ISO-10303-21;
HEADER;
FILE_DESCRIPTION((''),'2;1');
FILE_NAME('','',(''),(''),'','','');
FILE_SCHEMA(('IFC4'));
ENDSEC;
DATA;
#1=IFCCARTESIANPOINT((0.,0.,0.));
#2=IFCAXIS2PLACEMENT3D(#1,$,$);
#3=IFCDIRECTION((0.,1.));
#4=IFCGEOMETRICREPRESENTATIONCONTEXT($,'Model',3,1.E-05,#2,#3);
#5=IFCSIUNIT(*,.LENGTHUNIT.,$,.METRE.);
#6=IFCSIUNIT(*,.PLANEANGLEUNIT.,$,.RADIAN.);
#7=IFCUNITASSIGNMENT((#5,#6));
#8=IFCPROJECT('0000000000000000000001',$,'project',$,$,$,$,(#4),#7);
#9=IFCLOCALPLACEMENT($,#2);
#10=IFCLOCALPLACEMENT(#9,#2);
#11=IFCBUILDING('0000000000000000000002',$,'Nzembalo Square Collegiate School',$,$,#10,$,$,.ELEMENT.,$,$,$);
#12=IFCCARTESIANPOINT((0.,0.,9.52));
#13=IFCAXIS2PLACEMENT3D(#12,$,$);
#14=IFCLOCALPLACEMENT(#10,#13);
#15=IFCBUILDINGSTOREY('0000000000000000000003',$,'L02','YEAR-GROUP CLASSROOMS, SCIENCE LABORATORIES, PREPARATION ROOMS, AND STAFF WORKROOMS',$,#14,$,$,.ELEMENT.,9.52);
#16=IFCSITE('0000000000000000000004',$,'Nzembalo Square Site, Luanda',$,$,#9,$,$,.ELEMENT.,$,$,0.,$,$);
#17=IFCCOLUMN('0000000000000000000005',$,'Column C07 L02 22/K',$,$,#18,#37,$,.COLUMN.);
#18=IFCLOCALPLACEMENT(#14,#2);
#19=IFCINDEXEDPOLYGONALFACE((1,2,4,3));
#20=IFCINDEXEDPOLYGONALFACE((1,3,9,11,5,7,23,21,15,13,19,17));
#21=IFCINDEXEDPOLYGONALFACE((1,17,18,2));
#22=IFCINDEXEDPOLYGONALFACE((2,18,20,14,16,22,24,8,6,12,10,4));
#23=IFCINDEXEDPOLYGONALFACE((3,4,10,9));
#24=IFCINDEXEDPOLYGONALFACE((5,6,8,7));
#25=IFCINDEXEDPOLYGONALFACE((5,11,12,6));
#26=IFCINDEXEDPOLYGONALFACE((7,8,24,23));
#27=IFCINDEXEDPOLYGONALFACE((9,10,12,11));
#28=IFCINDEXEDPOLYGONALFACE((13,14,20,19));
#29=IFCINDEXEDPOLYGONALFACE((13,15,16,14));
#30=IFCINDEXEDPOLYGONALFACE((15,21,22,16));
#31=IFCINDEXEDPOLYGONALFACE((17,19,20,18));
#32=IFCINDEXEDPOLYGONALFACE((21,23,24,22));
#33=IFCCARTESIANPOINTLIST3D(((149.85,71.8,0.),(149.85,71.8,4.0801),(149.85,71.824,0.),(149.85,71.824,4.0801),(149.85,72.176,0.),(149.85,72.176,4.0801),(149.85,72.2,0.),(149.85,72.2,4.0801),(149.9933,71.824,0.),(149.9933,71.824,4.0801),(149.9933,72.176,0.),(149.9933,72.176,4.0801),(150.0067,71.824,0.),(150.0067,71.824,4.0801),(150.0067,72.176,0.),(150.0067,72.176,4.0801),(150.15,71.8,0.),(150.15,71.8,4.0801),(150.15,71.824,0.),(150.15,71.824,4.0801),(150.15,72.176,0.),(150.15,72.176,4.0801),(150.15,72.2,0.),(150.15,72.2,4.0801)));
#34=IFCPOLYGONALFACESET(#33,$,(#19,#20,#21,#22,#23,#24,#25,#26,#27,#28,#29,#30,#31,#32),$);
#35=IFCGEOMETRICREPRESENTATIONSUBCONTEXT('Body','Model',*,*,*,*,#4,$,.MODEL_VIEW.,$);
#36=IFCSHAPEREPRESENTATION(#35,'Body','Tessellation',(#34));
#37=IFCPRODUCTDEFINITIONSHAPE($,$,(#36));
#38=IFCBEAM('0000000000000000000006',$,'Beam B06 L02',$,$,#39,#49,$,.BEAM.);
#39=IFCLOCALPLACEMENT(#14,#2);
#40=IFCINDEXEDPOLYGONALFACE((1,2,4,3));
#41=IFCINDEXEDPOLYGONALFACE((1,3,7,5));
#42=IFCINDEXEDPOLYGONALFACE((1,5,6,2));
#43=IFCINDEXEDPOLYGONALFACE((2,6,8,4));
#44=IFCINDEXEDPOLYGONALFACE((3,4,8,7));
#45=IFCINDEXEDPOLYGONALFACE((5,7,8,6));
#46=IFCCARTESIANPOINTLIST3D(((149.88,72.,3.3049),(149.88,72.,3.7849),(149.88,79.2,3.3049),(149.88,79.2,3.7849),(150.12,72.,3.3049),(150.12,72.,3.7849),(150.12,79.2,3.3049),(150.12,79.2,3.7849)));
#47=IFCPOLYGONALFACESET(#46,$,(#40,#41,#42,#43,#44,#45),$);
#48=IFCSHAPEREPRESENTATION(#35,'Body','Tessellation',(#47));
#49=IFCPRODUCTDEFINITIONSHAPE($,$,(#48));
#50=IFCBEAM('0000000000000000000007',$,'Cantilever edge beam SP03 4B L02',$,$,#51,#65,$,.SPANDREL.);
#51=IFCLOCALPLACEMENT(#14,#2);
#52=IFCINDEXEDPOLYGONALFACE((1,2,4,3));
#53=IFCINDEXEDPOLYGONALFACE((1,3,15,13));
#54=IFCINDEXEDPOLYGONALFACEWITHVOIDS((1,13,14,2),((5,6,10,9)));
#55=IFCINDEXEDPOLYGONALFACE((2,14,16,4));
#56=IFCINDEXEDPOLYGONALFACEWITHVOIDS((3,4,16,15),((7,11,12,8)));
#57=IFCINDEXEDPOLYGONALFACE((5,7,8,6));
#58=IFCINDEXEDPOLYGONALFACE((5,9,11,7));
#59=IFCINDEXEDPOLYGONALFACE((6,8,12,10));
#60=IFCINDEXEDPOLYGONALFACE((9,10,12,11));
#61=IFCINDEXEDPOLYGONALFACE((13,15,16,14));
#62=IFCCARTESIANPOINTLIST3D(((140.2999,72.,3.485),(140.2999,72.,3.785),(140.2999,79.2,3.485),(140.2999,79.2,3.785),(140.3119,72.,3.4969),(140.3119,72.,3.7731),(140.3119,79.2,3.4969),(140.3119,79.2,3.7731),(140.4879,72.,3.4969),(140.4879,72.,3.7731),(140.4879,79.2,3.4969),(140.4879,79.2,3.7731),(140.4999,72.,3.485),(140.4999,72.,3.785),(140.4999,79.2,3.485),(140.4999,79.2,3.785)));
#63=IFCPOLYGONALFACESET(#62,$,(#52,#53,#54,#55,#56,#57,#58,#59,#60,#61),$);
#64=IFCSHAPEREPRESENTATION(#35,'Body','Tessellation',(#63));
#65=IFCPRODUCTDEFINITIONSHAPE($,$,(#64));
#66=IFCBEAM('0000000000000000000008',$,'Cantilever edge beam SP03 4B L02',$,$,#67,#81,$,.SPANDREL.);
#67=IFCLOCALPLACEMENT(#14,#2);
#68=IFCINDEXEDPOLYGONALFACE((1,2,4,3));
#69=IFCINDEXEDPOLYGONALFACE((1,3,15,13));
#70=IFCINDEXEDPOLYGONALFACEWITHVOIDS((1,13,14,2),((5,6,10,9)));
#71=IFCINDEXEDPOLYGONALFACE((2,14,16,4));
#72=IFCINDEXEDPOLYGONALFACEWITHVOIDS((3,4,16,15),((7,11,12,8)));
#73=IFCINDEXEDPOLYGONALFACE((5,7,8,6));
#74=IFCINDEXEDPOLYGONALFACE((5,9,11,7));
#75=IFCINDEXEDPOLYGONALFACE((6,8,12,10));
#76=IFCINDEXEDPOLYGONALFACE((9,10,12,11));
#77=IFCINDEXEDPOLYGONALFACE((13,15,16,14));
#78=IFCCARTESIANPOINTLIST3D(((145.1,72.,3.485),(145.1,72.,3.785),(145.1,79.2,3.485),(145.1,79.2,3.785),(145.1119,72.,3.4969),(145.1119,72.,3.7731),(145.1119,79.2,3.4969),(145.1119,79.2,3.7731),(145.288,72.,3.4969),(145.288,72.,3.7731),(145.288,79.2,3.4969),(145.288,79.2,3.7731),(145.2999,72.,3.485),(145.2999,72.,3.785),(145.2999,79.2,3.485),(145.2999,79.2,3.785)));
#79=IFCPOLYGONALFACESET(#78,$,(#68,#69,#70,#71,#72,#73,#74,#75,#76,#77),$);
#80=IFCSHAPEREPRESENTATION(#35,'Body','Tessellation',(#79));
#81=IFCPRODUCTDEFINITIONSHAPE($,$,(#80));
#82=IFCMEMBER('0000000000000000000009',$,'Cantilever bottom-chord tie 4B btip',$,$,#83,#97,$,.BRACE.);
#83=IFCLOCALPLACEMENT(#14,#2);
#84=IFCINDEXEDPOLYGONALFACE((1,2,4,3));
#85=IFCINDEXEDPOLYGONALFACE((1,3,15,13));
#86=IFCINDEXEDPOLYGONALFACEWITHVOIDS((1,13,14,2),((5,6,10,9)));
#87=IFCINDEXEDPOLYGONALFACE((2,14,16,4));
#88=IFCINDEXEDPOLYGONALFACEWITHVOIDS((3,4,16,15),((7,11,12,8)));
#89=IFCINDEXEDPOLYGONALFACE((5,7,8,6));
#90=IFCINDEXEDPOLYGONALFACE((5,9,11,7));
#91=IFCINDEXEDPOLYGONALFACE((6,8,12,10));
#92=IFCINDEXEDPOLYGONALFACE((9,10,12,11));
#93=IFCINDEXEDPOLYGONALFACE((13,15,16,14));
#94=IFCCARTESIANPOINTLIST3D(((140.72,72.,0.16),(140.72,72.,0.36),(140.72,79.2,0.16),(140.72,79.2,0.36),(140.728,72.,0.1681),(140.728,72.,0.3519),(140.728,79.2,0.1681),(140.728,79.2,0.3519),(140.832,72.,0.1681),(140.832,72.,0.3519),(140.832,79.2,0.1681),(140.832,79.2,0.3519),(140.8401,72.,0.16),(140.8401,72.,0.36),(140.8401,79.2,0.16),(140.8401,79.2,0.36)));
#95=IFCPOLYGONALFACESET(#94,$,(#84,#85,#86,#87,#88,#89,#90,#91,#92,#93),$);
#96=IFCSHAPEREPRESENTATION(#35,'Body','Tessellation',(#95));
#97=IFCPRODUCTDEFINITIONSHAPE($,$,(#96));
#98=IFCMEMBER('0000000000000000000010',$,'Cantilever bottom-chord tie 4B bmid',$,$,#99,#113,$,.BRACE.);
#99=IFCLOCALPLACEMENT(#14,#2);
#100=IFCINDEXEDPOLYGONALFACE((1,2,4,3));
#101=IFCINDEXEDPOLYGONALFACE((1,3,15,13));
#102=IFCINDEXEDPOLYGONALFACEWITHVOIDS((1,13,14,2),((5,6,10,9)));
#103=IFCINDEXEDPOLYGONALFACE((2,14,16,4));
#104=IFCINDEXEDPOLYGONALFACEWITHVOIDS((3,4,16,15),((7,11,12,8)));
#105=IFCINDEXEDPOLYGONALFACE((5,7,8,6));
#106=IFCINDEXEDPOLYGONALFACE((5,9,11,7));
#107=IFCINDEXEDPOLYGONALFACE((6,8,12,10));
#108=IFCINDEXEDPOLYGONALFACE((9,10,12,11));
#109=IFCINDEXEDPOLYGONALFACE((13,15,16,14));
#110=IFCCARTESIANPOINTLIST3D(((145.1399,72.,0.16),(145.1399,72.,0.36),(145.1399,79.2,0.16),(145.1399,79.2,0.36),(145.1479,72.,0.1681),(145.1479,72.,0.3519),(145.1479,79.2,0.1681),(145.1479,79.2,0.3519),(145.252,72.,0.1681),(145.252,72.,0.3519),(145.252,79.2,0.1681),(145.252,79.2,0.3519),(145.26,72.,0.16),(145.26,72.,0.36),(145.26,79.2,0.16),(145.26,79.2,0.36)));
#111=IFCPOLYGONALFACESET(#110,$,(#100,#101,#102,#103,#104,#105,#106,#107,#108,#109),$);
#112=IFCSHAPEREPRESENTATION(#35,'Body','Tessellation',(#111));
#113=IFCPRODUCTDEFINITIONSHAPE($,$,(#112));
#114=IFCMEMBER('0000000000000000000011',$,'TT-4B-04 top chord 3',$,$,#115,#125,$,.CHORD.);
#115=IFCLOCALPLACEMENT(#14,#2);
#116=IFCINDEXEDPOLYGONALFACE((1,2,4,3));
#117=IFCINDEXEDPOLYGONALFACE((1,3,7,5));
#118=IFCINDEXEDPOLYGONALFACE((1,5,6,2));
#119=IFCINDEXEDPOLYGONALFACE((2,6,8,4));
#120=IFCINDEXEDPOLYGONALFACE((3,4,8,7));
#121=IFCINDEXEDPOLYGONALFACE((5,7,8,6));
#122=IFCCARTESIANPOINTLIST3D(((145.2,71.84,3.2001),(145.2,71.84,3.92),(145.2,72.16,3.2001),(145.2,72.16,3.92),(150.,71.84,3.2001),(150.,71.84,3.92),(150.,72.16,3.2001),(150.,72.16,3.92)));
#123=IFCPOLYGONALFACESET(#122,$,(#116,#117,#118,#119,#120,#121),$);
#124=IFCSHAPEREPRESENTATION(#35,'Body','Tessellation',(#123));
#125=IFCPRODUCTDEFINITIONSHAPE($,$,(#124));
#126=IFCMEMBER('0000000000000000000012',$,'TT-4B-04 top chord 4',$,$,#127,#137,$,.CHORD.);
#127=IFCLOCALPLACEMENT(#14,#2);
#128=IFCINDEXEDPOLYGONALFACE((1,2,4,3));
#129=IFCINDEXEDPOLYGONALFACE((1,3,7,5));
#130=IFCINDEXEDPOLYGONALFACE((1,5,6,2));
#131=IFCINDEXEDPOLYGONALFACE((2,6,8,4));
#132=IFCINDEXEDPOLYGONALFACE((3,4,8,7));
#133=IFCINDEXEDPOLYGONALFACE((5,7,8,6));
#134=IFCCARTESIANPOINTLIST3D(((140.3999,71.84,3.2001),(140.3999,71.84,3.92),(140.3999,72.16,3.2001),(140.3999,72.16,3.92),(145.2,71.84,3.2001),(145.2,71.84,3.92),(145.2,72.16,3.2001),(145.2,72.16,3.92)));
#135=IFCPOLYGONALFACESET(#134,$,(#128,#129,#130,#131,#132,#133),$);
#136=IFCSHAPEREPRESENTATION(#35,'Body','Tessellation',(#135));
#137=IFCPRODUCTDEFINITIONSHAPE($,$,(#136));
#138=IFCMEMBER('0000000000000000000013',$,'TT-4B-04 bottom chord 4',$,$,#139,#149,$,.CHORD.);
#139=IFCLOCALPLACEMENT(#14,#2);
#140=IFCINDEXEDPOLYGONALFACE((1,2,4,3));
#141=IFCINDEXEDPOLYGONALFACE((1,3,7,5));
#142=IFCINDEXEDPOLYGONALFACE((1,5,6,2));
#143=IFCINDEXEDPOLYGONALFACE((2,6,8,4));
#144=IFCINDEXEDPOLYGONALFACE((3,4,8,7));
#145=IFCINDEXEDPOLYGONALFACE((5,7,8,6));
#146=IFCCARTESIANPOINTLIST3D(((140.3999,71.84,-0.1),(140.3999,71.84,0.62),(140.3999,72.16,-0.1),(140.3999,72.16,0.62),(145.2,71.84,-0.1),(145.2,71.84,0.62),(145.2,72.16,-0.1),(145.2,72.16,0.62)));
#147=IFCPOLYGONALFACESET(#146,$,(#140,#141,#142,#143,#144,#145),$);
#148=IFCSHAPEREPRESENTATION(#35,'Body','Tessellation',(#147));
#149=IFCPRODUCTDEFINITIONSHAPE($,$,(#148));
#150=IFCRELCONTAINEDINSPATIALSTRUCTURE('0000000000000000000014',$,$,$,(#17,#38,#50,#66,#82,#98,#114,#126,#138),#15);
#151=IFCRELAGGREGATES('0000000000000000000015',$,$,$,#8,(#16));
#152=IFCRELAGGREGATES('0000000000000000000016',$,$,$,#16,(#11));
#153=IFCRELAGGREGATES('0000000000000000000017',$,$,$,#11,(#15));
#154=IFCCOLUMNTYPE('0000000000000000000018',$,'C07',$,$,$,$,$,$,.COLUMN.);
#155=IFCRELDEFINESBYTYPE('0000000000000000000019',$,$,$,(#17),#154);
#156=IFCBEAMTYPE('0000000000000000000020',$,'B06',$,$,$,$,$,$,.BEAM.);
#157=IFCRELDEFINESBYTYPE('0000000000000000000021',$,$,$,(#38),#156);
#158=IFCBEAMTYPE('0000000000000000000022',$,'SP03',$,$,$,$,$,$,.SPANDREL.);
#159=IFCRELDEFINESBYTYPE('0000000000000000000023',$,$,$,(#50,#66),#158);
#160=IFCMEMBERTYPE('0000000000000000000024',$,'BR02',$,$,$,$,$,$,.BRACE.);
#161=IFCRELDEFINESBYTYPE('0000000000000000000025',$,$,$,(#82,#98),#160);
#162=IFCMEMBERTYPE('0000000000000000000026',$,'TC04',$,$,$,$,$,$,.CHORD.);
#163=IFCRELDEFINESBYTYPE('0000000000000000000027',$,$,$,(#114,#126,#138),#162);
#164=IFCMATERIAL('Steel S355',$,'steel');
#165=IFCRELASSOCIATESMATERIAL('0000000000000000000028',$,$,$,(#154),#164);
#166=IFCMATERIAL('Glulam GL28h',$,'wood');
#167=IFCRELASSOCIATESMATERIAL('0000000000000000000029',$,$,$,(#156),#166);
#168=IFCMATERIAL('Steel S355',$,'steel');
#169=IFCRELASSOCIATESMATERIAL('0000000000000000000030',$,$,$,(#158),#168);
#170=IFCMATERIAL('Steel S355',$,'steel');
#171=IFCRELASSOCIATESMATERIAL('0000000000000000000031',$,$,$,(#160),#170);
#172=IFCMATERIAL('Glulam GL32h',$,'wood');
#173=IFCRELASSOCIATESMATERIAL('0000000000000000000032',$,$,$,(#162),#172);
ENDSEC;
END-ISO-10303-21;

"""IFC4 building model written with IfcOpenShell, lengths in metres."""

from ifc_helpers import new_model, si_unit, direction, frame, origin, origin_2d, place, context, subcontext, project, spatial, rectangle, hollow_rectangle, i_section, extrude, material, material_profile, profile_set, type_object, element, save


model = new_model("IFC4")

# Units and contexts
model_context = context("Model", 3, precision=1e-05, world=origin(), true_north=direction((0.0, 1.0)))
body_context = subcontext(model_context, "Body", "Model", "MODEL_VIEW")
ifc_project = project(units=[si_unit("LENGTHUNIT", "METRE"), si_unit("PLANEANGLEUNIT", "RADIAN")], contexts=[model_context])

# Site, building, storey
site_placement = place(None, origin())
site = spatial("IfcSite", under=ifc_project, at=site_placement, Name="Nzembalo Square Site, Luanda", CompositionType="ELEMENT", RefElevation=0.0)
building_placement = place(site_placement, origin())
building = spatial("IfcBuilding", under=site, at=building_placement, Name="Nzembalo Square Collegiate School", CompositionType="ELEMENT")
storey_placement = place(building_placement, frame((0.0, 0.0, 9.52)))
storey = spatial("IfcBuildingStorey", under=building, at=storey_placement, Name="L02", Description="YEAR-GROUP CLASSROOMS, SCIENCE LABORATORIES, PREPARATION ROOMS, AND STAFF WORKROOMS", CompositionType="ELEMENT", Elevation=9.52)

# Column
ifc_material_1 = material(Name="Steel S355", Category="steel")
ifc_material_profile_1 = material_profile(ifc_material_1, i_section(OverallWidth=0.3, OverallDepth=0.3999, WebThickness=0.0134, FlangeThickness=0.0239, at=origin_2d()), Name="HEB 400")
ifc_profile_set_1 = profile_set([ifc_material_profile_1], Name="Steel S355")
column_type = type_object("IfcColumnType", Name="C07", PredefinedType="COLUMN", material=ifc_profile_set_1)
column_placement = place(storey_placement, frame((150.0, 72.0, 0.0), z_axis=(0.0, 0.0, 1.0), x_axis=(1.0, 0.0, 0.0)))
element("IfcColumn", 1, at=column_placement, inside=storey, type_object=column_type, Name="Column C07 L02 22/K", PredefinedType="COLUMN", context=body_context, shape_type="SweptSolid", body=[
    extrude(i_section(OverallWidth=0.3, OverallDepth=0.3999, WebThickness=0.0134, FlangeThickness=0.0239, at=origin_2d()), origin(), (0.0, 0.0, 1.0), 4.0801),
])

# Beams
ifc_material_2 = material(Name="Glulam GL28h", Category="wood")
ifc_material_profile_2 = material_profile(ifc_material_2, rectangle(XDim=0.24, YDim=0.48, at=origin_2d()), Name="GL28h 240x480")
ifc_profile_set_2 = profile_set([ifc_material_profile_2], Name="Glulam GL28h")
beam_type_1 = type_object("IfcBeamType", Name="B06", PredefinedType="BEAM", material=ifc_profile_set_2)
beam_placement = place(storey_placement, frame((150.0, 72.0, 3.5449), z_axis=(0.0, 1.0, 0.0), x_axis=(-1.0, 0.0, 0.0)))
element("IfcBeam", 2, at=beam_placement, inside=storey, type_object=beam_type_1, Name="Beam B06 L02", PredefinedType="BEAM", context=body_context, shape_type="SweptSolid", body=[
    extrude(rectangle(XDim=0.24, YDim=0.48, at=origin_2d()), origin(), (0.0, 0.0, 1.0), 7.2),
])
ifc_material_3 = material(Name="Steel S355", Category="steel")
ifc_material_profile_3 = material_profile(ifc_material_3, hollow_rectangle(XDim=0.2, YDim=0.3, WallThickness=0.012, at=origin_2d()), Name="RHS 300x200x12")
ifc_profile_set_3 = profile_set([ifc_material_profile_3], Name="Steel S355")
beam_type_2 = type_object("IfcBeamType", Name="SP03", PredefinedType="SPANDREL", material=ifc_profile_set_3)
for number, where, z_axis, x_axis, name in (
    (3, (140.3999, 72.0, 3.635), (0.0, 1.0, 0.0), (-1.0, 0.0, 0.0), "Cantilever edge beam SP03 4B L02"),
    (4, (145.2, 72.0, 3.635), (0.0, 1.0, 0.0), (-1.0, 0.0, 0.0), "Cantilever edge beam SP03 4B L02"),
):
    element("IfcBeam", number, at=place(storey_placement, frame(where, z_axis=z_axis, x_axis=x_axis)), inside=storey, type_object=beam_type_2, Name=name, PredefinedType="SPANDREL", context=body_context, shape_type="SweptSolid", body=[
        extrude(hollow_rectangle(XDim=0.2, YDim=0.3, WallThickness=0.012, at=origin_2d()), origin(), (0.0, 0.0, 1.0), 7.2),
    ])

# Members
ifc_material_4 = material(Name="Steel S355", Category="steel")
ifc_material_profile_4 = material_profile(ifc_material_4, hollow_rectangle(XDim=0.1201, YDim=0.2, WallThickness=0.0081, at=origin_2d()), Name="RHS 200x120x8")
ifc_profile_set_4 = profile_set([ifc_material_profile_4], Name="Steel S355")
member_type_1 = type_object("IfcMemberType", Name="BR02", PredefinedType="BRACE", material=ifc_profile_set_4)
for number, where, z_axis, x_axis, name in (
    (5, (140.78, 72.0, 0.26), (0.0, 1.0, 0.0), (-1.0, 0.0, 0.0), "Cantilever bottom-chord tie 4B btip"),
    (6, (145.2, 72.0, 0.26), (0.0, 1.0, 0.0), (-1.0, 0.0, 0.0), "Cantilever bottom-chord tie 4B bmid"),
):
    element("IfcMember", number, at=place(storey_placement, frame(where, z_axis=z_axis, x_axis=x_axis)), inside=storey, type_object=member_type_1, Name=name, PredefinedType="BRACE", context=body_context, shape_type="SweptSolid", body=[
        extrude(hollow_rectangle(XDim=0.1201, YDim=0.2, WallThickness=0.0081, at=origin_2d()), origin(), (0.0, 0.0, 1.0), 7.2),
    ])
ifc_material_5 = material(Name="Glulam GL32h", Category="wood")
ifc_material_profile_5 = material_profile(ifc_material_5, rectangle(XDim=0.3201, YDim=0.72, at=origin_2d()), Name="GL32h 320x720")
ifc_profile_set_5 = profile_set([ifc_material_profile_5], Name="Glulam GL32h")
member_type_2 = type_object("IfcMemberType", Name="TC04", PredefinedType="CHORD", material=ifc_profile_set_5)
for number, where, z_axis, x_axis, name in (
    (7, (150.0, 72.0, 3.5601), (-1.0, 0.0, 0.0), (0.0, -1.0, 0.0), "TT-4B-04 top chord 3"),
    (8, (145.2, 72.0, 3.5601), (-1.0, 0.0, 0.0), (0.0, -1.0, 0.0), "TT-4B-04 top chord 4"),
    (9, (145.2, 72.0, 0.26), (-1.0, 0.0, 0.0), (0.0, -1.0, 0.0), "TT-4B-04 bottom chord 4"),
):
    element("IfcMember", number, at=place(storey_placement, frame(where, z_axis=z_axis, x_axis=x_axis)), inside=storey, type_object=member_type_2, Name=name, PredefinedType="CHORD", context=body_context, shape_type="SweptSolid", body=[
        extrude(rectangle(XDim=0.3201, YDim=0.72, at=origin_2d()), origin(), (0.0, 0.0, 1.0), 4.8),
    ])

save(model, "model.ifc")
